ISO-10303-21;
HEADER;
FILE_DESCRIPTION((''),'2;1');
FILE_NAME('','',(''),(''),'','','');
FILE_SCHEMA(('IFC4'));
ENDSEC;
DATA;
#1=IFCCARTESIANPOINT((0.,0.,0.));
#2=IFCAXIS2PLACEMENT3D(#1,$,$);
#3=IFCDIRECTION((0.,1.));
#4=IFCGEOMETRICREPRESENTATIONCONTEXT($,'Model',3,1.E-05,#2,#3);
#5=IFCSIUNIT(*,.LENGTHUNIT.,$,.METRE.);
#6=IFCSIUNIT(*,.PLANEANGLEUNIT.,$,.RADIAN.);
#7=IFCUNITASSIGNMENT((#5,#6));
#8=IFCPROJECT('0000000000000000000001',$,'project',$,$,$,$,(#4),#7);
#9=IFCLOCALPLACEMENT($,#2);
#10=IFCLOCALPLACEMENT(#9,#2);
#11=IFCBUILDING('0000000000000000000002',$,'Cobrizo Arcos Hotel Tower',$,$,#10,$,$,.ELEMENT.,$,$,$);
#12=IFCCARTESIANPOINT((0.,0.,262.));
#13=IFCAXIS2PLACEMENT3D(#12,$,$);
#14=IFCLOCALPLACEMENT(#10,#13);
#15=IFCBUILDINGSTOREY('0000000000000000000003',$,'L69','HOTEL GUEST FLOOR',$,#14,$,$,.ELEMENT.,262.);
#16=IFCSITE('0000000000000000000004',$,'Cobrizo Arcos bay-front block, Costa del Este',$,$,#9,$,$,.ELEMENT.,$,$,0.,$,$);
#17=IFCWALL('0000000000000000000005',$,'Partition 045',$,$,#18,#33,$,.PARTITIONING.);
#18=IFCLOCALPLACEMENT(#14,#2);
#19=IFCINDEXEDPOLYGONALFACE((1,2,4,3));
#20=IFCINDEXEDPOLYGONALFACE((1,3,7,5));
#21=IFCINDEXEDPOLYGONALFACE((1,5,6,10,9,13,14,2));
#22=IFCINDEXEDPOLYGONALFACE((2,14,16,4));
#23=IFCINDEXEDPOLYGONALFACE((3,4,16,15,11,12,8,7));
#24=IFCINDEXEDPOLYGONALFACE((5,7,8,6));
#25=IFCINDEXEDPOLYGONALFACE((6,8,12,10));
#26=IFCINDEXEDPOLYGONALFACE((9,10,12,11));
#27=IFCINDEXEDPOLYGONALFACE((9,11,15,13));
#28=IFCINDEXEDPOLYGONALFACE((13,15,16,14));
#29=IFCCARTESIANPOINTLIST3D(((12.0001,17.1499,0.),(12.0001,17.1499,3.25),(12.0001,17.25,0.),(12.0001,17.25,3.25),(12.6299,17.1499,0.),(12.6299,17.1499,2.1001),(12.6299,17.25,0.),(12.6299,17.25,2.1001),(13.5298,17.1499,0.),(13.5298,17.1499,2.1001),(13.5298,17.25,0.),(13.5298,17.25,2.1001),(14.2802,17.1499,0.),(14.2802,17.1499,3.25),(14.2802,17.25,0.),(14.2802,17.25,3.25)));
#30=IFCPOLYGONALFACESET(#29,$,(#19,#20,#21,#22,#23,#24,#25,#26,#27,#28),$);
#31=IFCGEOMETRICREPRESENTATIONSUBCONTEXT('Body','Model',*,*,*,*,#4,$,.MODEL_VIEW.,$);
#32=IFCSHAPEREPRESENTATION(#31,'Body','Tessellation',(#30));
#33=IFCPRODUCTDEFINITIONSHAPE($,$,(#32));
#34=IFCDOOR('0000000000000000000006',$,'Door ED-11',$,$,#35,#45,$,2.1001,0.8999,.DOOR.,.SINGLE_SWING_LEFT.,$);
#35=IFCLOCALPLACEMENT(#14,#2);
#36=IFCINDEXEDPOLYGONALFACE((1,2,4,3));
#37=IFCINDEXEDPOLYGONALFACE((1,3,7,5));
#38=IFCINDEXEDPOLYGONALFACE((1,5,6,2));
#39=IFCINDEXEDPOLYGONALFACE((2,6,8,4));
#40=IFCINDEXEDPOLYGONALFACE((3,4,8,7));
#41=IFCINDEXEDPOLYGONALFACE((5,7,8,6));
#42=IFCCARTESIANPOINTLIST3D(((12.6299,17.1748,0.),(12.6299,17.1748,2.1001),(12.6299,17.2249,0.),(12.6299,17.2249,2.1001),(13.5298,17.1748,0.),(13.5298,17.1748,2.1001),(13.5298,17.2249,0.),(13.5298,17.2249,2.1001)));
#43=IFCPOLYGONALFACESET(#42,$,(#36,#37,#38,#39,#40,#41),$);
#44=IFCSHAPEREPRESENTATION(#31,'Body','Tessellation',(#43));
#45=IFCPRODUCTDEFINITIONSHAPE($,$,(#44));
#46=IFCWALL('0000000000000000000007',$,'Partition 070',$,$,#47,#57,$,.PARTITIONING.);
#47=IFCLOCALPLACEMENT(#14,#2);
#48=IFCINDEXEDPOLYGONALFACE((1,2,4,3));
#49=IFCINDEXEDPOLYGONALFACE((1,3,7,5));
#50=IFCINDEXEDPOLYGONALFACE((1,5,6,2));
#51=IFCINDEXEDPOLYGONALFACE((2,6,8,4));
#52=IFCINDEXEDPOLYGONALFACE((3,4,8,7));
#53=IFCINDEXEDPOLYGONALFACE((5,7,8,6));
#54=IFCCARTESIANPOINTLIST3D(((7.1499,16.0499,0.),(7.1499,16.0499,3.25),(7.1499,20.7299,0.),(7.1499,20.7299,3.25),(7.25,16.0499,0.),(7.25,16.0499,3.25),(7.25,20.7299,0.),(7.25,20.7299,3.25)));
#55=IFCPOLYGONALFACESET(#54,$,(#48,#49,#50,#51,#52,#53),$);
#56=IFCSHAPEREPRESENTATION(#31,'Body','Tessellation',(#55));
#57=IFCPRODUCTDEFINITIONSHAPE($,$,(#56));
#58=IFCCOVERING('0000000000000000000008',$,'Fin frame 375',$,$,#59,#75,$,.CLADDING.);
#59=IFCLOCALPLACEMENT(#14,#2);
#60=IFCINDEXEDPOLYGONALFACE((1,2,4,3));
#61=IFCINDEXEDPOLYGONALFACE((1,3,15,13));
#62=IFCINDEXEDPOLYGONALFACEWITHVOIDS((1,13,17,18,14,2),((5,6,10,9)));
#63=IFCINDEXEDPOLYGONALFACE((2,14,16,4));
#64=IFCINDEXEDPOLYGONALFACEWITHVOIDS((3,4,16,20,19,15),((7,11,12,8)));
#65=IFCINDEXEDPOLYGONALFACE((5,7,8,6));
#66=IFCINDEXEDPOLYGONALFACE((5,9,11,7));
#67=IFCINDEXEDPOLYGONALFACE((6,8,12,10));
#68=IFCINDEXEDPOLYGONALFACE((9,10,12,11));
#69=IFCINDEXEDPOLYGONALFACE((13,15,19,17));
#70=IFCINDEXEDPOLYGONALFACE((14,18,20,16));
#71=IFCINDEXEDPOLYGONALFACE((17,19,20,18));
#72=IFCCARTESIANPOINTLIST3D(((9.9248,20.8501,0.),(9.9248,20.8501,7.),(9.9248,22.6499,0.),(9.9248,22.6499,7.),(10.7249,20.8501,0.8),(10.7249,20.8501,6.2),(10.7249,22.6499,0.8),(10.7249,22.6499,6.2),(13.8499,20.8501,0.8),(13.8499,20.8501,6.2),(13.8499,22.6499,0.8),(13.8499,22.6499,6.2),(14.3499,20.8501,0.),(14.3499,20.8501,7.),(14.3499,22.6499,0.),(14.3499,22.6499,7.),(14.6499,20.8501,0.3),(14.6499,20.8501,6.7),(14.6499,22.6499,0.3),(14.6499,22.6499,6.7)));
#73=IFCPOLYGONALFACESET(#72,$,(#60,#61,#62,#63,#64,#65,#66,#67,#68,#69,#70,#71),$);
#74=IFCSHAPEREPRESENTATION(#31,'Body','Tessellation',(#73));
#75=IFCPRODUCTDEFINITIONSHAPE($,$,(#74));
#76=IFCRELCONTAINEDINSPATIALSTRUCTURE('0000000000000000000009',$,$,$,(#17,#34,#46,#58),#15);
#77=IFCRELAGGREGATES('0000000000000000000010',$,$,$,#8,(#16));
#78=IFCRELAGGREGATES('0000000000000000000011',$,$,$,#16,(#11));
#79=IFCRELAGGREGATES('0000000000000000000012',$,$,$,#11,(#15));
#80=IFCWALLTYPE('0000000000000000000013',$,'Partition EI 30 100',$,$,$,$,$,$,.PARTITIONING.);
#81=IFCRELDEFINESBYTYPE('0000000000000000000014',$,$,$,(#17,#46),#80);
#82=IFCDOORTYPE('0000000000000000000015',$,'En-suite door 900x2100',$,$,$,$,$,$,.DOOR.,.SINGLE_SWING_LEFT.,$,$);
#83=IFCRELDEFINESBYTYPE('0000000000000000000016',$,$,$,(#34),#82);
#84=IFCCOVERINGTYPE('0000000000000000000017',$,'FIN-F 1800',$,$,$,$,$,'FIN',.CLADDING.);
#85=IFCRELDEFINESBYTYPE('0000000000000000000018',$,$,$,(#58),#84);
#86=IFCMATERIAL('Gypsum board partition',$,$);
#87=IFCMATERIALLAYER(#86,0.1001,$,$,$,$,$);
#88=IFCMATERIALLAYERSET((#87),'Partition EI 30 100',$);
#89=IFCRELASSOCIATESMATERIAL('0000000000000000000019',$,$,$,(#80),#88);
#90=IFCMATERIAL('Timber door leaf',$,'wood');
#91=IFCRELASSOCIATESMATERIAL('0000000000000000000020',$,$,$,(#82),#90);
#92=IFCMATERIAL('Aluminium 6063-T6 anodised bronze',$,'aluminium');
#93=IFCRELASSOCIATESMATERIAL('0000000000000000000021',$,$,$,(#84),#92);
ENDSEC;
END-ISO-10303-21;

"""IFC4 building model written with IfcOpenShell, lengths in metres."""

from ifc_helpers import new_model, si_unit, direction, frame, frame_2d, origin, place, context, subcontext, project, spatial, polyline, rectangle, outline, extrude, material, layer, layer_set, type_object, element, fill, save


model = new_model("IFC4")

# Units and contexts
model_context = context("Model", 3, precision=1e-05, world=origin(), true_north=direction((0.0, 1.0)))
body_context = subcontext(model_context, "Body", "Model", "MODEL_VIEW")
ifc_project = project(units=[si_unit("LENGTHUNIT", "METRE"), si_unit("PLANEANGLEUNIT", "RADIAN")], contexts=[model_context])

# Site, building, storey
site_placement = place(None, origin())
site = spatial("IfcSite", under=ifc_project, at=site_placement, Name="Cobrizo Arcos bay-front block, Costa del Este", CompositionType="ELEMENT", RefElevation=0.0)
building_placement = place(site_placement, origin())
building = spatial("IfcBuilding", under=site, at=building_placement, Name="Cobrizo Arcos Hotel Tower", CompositionType="ELEMENT")
storey_placement = place(building_placement, frame((0.0, 0.0, 262.0)))
storey = spatial("IfcBuildingStorey", under=building, at=storey_placement, Name="L69", Description="HOTEL GUEST FLOOR", CompositionType="ELEMENT", Elevation=262.0)

# Shared definitions
ifc_material_1 = material(Name="Aluminium 6063-T6 anodised bronze", Category="aluminium")

# Shared definitions
ifc_material_2 = material(Name="Gypsum board partition")
ifc_layer_1 = layer(ifc_material_2, 0.1001)
ifc_layer_set_1 = layer_set([ifc_layer_1], Name="Partition EI 30 100")
wall_type = type_object("IfcWallType", Name="Partition EI 30 100", PredefinedType="PARTITIONING", material=ifc_layer_set_1)

# Wall, opening, door
wall_1_placement = place(storey_placement, frame((12.0, 17.2, 0.0), z_axis=(0.0, 0.0, 1.0), x_axis=(1.0, 0.0, 0.0)))
wall_1 = element("IfcWall", 1, at=wall_1_placement, inside=storey, type_object=wall_type, Name="Partition 045", PredefinedType="PARTITIONING", context=body_context, shape_type="SweptSolid", body=[
    extrude(rectangle(XDim=2.28, YDim=0.1001, at=frame_2d((1.1401, 0.0))), origin(), (0.0, 0.0, 1.0), 3.25),
])
opening_placement = place(wall_1_placement, frame((0.6299, 0.0, 0.0)))
opening = element("IfcOpeningElement", 2, at=opening_placement, cuts=wall_1, PredefinedType="OPENING", context=body_context, shape_type="SweptSolid", body=[
    extrude(rectangle(XDim=0.8999, YDim=2.1001, at=frame_2d((0.45, 1.05))), frame((0.0, 0.062, 0.0), z_axis=(0.0, -1.0, 0.0), x_axis=(1.0, 0.0, 0.0)), (0.0, 0.0, 1.0), 0.124),
])
ifc_material_3 = material(Name="Timber door leaf", Category="wood")
door_type = type_object("IfcDoorType", Name="En-suite door 900x2100", OperationType="SINGLE_SWING_LEFT", PredefinedType="DOOR", material=ifc_material_3)
door_placement = place(opening_placement, origin())
door = element("IfcDoor", 3, at=door_placement, inside=storey, type_object=door_type, Name="Door ED-11", OperationType="SINGLE_SWING_LEFT", OverallHeight=2.1001, OverallWidth=0.8999, PredefinedType="DOOR", context=body_context, shape_type="SweptSolid", body=[
    extrude(rectangle(XDim=0.8999, YDim=2.1001, at=frame_2d((0.45, 1.05))), frame((0.0, 0.0249, 0.0), z_axis=(0.0, -1.0, 0.0), x_axis=(1.0, 0.0, 0.0)), (0.0, 0.0, 1.0), 0.05),
])
fill(opening, door)

# Wall
wall_2_placement = place(storey_placement, frame((7.2, 16.05, 0.0), z_axis=(0.0, 0.0, 1.0), x_axis=(0.0, 1.0, 0.0)))
element("IfcWall", 4, at=wall_2_placement, inside=storey, type_object=wall_type, Name="Partition 070", PredefinedType="PARTITIONING", context=body_context, shape_type="SweptSolid", body=[
    extrude(rectangle(XDim=4.6799, YDim=0.1001, at=frame_2d((2.3398, 0.0))), origin(), (0.0, 0.0, 1.0), 3.25),
])

# Covering
covering_type = type_object("IfcCoveringType", Name="FIN-F 1800", ElementType="FIN", PredefinedType="CLADDING", material=ifc_material_1)
covering_placement = place(storey_placement, frame((14.6499, 20.8501, 0.0), z_axis=(0.0, 1.0, 0.0), x_axis=(-1.0, 0.0, 0.0)))
element("IfcCovering", 5, at=covering_placement, inside=storey, type_object=covering_type, Name="Fin frame 375", PredefinedType="CLADDING", context=body_context, shape_type="SweptSolid", body=[
    extrude(outline(polyline([(0.0, 0.3), (0.3, 0.0), (4.7251, 0.0), (4.7251, 7.0), (0.3, 7.0), (0.0, 6.7), (0.0, 0.3)]), holes=[polyline([(3.925, 0.8), (0.8, 0.8), (0.8, 6.2), (3.925, 6.2), (3.925, 0.8)])]), origin(), (0.0, 0.0, 1.0), 1.7998),
])

save(model, "model.ifc")
